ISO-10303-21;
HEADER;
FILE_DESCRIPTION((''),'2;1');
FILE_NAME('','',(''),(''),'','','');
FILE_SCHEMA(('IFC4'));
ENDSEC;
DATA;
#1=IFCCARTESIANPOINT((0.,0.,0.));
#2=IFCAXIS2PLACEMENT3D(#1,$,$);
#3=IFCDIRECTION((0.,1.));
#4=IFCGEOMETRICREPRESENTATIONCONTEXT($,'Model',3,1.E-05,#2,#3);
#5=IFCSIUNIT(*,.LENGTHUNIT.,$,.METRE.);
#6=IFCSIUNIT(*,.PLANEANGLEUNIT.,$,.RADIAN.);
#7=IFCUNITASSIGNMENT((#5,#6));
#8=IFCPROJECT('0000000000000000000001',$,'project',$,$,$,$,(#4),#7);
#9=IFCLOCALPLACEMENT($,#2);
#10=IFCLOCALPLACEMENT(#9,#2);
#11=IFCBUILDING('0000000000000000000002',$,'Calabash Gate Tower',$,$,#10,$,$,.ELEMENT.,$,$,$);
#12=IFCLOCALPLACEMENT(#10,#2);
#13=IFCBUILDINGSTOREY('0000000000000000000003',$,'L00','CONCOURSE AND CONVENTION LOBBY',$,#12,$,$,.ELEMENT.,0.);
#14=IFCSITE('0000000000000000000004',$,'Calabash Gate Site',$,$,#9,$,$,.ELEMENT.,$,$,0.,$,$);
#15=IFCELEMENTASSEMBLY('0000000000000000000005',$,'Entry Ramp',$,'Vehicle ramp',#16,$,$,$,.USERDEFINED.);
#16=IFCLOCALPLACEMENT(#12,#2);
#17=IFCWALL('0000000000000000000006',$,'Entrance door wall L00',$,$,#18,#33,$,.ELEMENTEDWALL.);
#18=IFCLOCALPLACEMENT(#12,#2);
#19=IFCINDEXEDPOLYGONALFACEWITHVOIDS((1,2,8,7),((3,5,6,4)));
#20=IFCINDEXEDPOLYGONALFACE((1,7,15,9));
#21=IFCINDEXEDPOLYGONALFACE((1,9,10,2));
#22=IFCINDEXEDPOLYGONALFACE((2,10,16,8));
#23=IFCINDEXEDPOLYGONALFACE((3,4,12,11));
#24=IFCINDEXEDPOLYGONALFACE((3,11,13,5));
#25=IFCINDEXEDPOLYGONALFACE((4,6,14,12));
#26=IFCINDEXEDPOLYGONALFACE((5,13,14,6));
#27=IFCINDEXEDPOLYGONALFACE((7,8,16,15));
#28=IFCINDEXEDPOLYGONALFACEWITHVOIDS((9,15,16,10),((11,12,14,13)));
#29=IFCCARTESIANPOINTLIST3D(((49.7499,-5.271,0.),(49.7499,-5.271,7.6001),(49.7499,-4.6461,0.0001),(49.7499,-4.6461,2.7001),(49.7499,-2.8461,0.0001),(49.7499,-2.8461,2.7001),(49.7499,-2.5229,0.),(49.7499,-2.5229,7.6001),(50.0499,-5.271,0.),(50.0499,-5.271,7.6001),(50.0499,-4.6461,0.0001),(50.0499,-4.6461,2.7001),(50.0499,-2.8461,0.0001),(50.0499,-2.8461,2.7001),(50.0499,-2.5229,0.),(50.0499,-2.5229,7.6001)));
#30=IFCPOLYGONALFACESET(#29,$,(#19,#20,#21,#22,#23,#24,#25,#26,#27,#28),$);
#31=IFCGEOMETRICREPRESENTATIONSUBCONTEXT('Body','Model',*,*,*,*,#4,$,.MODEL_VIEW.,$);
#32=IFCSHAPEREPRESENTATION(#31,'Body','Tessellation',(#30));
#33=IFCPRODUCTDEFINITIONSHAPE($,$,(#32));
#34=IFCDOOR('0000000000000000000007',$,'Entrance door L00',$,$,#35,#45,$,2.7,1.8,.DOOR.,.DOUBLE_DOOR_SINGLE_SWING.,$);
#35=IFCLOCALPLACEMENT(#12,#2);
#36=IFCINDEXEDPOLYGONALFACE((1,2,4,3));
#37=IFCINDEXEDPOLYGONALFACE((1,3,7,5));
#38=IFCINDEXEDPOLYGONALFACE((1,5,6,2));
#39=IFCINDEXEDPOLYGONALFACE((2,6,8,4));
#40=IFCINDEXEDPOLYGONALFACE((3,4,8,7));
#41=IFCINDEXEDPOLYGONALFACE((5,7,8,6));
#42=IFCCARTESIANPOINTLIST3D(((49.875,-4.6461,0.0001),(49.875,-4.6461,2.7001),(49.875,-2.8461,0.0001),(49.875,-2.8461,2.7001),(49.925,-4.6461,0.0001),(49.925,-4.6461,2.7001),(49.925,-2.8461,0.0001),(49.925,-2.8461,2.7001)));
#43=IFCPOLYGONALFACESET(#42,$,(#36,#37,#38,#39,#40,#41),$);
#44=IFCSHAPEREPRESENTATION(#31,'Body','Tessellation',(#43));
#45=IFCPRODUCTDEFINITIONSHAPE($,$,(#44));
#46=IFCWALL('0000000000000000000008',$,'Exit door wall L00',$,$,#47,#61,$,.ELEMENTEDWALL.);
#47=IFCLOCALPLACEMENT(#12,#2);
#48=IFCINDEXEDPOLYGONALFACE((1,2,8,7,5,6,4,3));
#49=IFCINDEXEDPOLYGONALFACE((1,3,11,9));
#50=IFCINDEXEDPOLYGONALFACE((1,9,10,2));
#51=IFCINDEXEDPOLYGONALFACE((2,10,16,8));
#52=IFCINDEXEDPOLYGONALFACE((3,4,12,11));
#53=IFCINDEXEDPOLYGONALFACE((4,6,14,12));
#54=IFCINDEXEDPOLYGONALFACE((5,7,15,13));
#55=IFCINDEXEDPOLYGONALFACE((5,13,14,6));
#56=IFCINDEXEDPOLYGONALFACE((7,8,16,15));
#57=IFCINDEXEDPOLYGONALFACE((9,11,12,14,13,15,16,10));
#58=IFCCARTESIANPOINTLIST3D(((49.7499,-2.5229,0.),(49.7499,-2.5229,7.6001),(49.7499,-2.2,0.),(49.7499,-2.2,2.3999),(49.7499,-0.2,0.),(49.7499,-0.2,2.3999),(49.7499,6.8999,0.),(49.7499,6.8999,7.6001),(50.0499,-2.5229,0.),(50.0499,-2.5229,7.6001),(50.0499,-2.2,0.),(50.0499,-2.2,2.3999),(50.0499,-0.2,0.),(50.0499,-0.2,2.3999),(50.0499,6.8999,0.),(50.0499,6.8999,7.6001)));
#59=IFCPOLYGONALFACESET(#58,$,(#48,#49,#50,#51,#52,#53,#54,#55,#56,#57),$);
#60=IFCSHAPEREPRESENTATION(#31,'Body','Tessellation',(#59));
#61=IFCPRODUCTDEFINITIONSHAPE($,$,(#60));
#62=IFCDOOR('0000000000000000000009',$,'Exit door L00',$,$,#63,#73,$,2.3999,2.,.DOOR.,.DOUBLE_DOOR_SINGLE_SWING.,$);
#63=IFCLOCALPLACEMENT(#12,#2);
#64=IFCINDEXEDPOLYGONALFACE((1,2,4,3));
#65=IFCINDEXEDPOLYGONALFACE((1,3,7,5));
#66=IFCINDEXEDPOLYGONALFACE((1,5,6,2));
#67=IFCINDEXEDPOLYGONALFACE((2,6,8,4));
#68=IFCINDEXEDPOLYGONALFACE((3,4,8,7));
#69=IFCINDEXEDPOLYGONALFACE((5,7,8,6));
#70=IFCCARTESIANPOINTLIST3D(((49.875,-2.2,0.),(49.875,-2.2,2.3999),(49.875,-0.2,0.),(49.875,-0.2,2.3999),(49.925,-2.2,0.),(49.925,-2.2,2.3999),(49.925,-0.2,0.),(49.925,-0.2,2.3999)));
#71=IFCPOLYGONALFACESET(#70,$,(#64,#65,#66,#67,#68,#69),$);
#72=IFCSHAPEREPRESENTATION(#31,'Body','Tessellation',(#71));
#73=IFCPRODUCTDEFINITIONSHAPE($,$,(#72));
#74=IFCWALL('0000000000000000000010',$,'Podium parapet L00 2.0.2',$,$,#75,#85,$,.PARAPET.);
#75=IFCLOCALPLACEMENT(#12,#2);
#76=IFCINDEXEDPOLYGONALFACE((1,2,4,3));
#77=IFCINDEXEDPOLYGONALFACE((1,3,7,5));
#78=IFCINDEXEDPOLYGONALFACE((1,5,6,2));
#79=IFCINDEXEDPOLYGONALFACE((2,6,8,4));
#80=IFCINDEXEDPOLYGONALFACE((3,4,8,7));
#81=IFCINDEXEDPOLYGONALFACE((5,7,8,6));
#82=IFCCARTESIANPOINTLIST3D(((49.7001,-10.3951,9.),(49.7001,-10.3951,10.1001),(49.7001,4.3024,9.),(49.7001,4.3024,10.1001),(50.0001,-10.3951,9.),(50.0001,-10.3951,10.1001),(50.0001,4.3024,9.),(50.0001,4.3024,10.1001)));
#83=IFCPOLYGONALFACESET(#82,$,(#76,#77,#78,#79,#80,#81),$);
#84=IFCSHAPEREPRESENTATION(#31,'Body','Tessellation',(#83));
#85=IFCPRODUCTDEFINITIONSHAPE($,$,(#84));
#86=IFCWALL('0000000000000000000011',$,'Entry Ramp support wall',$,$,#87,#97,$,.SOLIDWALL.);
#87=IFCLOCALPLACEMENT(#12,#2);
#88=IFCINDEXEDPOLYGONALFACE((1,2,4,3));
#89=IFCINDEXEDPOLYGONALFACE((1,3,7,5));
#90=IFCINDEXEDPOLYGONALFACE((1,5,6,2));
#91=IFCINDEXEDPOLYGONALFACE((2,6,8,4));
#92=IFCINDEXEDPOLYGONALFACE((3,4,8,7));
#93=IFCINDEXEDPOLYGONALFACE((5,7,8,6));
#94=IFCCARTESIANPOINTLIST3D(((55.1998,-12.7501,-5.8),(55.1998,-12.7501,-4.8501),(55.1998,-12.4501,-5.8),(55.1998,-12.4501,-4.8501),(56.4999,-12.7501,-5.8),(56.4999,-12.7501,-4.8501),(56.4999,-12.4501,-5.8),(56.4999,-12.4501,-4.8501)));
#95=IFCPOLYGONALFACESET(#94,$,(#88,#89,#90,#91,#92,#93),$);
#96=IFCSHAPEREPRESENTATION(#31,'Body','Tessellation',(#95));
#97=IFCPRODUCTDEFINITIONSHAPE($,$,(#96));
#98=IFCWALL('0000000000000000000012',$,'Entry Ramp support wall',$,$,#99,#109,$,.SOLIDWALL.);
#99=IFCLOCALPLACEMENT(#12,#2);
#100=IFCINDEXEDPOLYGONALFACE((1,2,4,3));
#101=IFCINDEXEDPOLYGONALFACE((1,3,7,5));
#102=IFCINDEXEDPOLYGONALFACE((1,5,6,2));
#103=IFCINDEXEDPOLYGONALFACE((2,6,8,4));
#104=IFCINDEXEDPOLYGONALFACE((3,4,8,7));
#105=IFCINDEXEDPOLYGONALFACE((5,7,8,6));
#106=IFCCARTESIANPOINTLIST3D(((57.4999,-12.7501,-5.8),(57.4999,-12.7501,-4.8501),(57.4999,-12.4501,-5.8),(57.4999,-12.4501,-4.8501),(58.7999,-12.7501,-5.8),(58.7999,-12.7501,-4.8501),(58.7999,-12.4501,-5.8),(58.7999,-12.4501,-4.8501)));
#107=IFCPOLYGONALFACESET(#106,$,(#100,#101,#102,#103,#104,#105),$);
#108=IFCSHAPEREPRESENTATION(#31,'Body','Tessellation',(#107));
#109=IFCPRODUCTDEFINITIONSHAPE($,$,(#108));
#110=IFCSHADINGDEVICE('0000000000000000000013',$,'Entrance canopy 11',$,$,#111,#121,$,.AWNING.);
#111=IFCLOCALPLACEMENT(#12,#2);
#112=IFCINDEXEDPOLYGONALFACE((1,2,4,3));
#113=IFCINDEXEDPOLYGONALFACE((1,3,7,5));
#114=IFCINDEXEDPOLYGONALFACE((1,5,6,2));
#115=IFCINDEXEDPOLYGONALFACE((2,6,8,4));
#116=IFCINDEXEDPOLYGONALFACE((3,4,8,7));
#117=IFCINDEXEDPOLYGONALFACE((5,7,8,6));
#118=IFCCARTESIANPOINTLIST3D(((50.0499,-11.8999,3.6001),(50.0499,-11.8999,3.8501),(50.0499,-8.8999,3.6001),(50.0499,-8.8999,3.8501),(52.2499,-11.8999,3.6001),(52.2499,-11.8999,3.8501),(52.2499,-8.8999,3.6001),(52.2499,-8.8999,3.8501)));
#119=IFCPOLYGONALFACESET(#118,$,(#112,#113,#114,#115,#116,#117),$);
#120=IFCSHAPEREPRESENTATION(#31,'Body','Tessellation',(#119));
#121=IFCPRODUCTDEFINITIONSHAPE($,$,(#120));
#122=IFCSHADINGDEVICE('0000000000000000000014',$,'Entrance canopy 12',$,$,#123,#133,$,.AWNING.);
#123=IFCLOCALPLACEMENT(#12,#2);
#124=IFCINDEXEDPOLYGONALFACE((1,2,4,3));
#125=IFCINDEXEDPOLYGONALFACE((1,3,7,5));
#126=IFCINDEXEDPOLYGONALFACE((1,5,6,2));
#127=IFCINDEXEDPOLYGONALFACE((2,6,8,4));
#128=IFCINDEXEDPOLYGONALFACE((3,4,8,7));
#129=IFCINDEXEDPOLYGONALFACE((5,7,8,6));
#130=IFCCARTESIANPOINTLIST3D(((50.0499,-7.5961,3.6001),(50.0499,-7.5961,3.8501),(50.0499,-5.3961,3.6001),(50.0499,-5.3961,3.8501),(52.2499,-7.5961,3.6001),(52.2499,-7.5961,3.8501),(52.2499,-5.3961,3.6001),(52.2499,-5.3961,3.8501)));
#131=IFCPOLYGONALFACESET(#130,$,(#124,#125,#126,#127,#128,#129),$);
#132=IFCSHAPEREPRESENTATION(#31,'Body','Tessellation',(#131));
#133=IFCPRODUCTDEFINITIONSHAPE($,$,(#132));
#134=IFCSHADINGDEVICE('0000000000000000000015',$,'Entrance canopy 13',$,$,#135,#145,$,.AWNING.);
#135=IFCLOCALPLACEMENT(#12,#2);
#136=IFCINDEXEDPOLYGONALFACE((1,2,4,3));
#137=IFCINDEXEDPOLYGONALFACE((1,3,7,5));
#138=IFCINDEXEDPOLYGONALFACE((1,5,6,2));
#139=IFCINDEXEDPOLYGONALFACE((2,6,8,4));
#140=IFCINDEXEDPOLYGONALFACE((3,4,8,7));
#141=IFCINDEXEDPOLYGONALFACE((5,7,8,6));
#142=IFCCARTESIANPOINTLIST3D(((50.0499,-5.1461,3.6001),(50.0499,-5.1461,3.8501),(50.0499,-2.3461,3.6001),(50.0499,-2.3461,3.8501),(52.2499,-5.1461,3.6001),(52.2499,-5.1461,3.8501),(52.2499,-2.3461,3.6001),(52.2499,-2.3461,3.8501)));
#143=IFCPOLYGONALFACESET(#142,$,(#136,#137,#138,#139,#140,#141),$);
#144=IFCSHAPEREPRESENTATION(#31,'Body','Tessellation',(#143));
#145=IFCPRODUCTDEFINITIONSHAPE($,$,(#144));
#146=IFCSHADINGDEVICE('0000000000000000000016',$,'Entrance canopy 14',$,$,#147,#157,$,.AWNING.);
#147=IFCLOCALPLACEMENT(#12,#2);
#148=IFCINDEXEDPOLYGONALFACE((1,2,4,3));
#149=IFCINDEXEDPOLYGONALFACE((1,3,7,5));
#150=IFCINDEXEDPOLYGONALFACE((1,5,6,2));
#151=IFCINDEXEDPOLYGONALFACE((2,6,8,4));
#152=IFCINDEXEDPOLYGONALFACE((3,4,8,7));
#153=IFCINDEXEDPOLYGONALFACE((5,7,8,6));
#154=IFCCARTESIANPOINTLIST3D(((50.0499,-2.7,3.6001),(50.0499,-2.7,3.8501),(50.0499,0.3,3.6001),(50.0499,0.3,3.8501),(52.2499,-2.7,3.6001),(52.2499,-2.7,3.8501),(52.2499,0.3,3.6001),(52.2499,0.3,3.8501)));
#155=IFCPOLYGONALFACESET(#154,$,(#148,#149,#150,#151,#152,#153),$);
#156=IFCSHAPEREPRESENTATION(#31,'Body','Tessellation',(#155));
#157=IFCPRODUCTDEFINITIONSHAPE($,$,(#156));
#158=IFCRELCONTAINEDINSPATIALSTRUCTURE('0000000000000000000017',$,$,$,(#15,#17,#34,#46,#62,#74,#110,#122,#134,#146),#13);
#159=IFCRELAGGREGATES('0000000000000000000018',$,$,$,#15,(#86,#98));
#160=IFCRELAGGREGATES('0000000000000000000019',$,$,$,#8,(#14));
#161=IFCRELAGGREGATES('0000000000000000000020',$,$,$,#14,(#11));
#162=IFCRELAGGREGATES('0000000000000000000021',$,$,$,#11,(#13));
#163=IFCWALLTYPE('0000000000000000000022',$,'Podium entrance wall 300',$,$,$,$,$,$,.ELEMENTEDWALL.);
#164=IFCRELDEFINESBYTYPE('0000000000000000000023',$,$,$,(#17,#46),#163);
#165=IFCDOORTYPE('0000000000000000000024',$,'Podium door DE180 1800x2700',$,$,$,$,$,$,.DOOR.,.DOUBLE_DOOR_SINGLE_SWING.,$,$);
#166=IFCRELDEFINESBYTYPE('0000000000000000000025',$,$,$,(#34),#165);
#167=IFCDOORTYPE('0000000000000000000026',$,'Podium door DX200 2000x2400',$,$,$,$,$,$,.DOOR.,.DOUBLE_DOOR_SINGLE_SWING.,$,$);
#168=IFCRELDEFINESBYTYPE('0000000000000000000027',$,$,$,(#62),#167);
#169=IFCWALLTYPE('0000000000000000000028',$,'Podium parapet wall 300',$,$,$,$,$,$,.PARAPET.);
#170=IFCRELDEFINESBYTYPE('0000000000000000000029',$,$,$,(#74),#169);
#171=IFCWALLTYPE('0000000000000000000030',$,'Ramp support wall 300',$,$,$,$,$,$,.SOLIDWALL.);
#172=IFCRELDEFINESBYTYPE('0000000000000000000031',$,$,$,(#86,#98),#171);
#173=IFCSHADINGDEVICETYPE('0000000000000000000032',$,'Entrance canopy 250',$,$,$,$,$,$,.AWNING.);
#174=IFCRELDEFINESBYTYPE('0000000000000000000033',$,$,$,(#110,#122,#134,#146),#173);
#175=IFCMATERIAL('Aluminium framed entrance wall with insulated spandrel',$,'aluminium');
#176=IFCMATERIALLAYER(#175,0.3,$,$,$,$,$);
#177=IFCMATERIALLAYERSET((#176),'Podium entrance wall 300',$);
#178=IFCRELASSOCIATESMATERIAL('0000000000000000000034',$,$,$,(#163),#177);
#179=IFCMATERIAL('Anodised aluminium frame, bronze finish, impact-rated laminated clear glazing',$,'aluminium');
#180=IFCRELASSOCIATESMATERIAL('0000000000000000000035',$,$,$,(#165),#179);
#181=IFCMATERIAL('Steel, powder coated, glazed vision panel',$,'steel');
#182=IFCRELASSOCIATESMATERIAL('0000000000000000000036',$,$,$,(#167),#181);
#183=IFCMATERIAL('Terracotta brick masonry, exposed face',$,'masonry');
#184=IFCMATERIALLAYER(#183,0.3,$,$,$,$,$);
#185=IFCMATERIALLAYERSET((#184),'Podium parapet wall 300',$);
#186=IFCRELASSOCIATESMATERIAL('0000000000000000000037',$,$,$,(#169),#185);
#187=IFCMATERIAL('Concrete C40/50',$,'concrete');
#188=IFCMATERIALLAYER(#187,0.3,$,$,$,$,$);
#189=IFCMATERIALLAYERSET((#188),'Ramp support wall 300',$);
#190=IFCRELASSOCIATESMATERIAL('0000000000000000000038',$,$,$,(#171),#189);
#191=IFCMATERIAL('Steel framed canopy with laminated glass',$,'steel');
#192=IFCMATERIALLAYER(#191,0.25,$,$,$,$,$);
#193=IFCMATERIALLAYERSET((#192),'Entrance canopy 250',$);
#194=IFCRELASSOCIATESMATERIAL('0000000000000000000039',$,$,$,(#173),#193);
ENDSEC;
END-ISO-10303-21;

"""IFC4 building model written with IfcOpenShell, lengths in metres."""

from ifc_helpers import new_model, si_unit, direction, frame, frame_2d, origin, origin_2d, place, context, subcontext, project, spatial, rectangle, extrude, material, layer, layer_set, type_object, element, fill, aggregate, save


model = new_model("IFC4")

# Units and contexts
model_context = context("Model", 3, precision=1e-05, world=origin(), true_north=direction((0.0, 1.0)))
body_context = subcontext(model_context, "Body", "Model", "MODEL_VIEW")
ifc_project = project(units=[si_unit("LENGTHUNIT", "METRE"), si_unit("PLANEANGLEUNIT", "RADIAN")], contexts=[model_context])

# Site, building, storey
site_placement = place(None, origin())
site = spatial("IfcSite", under=ifc_project, at=site_placement, Name="Calabash Gate Site", CompositionType="ELEMENT", RefElevation=0.0)
building_placement = place(site_placement, origin())
building = spatial("IfcBuilding", under=site, at=building_placement, Name="Calabash Gate Tower", CompositionType="ELEMENT")
storey_placement = place(building_placement, origin())
storey = spatial("IfcBuildingStorey", under=building, at=storey_placement, Name="L00", Description="CONCOURSE AND CONVENTION LOBBY", CompositionType="ELEMENT", Elevation=0.0)

# Element assembly
assembly_placement = place(storey_placement, origin())
assembly = element("IfcElementAssembly", 1, at=assembly_placement, inside=storey, Name="Entry Ramp", ObjectType="Vehicle ramp", PredefinedType="USERDEFINED")

# Walls, openings, doors
ifc_material_1 = material(Name="Aluminium framed entrance wall with insulated spandrel", Category="aluminium")
ifc_layer_1 = layer(ifc_material_1, 0.3)
ifc_layer_set_1 = layer_set([ifc_layer_1], Name="Podium entrance wall 300")
wall_type_1 = type_object("IfcWallType", Name="Podium entrance wall 300", PredefinedType="ELEMENTEDWALL", material=ifc_layer_set_1)
wall_1_placement = place(storey_placement, frame((49.8999, -5.271, 0.0), z_axis=(0.0, 0.0, 1.0), x_axis=(0.0, 1.0, 0.0)))
wall_1 = element("IfcWall", 2, at=wall_1_placement, inside=storey, type_object=wall_type_1, Name="Entrance door wall L00", PredefinedType="ELEMENTEDWALL", context=body_context, shape_type="SweptSolid", body=[
    extrude(rectangle(XDim=2.748, YDim=0.3, at=frame_2d((1.374, 0.0))), origin(), (0.0, 0.0, 1.0), 7.6001),
])
opening_1_placement = place(wall_1_placement, frame((0.625, 0.0, 0.0)))
opening_1 = element("IfcOpeningElement", 3, at=opening_1_placement, cuts=wall_1, PredefinedType="OPENING", context=body_context, shape_type="SweptSolid", body=[
    extrude(rectangle(XDim=1.8, YDim=2.7, at=frame_2d((0.8999, 1.3501))), frame((0.0, 0.1599, 0.0), z_axis=(0.0, -1.0, 0.0), x_axis=(1.0, 0.0, 0.0)), (0.0, 0.0, 1.0), 0.3201),
])
ifc_material_2 = material(Name="Anodised aluminium frame, bronze finish, impact-rated laminated clear glazing", Category="aluminium")
door_type_1 = type_object("IfcDoorType", Name="Podium door DE180 1800x2700", OperationType="DOUBLE_DOOR_SINGLE_SWING", PredefinedType="DOOR", material=ifc_material_2)
door_1_placement = place(opening_1_placement, origin())
door_1 = element("IfcDoor", 4, at=door_1_placement, inside=storey, type_object=door_type_1, Name="Entrance door L00", OperationType="DOUBLE_DOOR_SINGLE_SWING", OverallHeight=2.7, OverallWidth=1.8, PredefinedType="DOOR", context=body_context, shape_type="SweptSolid", body=[
    extrude(rectangle(XDim=1.8, YDim=2.7, at=frame_2d((0.8999, 1.3501))), frame((0.0, 0.0249, 0.0), z_axis=(0.0, -1.0, 0.0), x_axis=(1.0, 0.0, 0.0)), (0.0, 0.0, 1.0), 0.05),
])
fill(opening_1, door_1)
wall_2_placement = place(storey_placement, frame((49.8999, -2.5229, 0.0), z_axis=(0.0, 0.0, 1.0), x_axis=(0.0, 1.0, 0.0)))
wall_2 = element("IfcWall", 5, at=wall_2_placement, inside=storey, type_object=wall_type_1, Name="Exit door wall L00", PredefinedType="ELEMENTEDWALL", context=body_context, shape_type="SweptSolid", body=[
    extrude(rectangle(XDim=9.4229, YDim=0.3, at=frame_2d((4.7114, 0.0))), origin(), (0.0, 0.0, 1.0), 7.6001),
])
opening_2_placement = place(wall_2_placement, frame((0.323, 0.0, 0.0)))
opening_2 = element("IfcOpeningElement", 6, at=opening_2_placement, cuts=wall_2, PredefinedType="OPENING", context=body_context, shape_type="SweptSolid", body=[
    extrude(rectangle(XDim=2.0, YDim=2.3999, at=frame_2d((1.0, 1.2))), frame((0.0, 0.1599, 0.0), z_axis=(0.0, -1.0, 0.0), x_axis=(1.0, 0.0, 0.0)), (0.0, 0.0, 1.0), 0.3201),
])
ifc_material_3 = material(Name="Steel, powder coated, glazed vision panel", Category="steel")
door_type_2 = type_object("IfcDoorType", Name="Podium door DX200 2000x2400", OperationType="DOUBLE_DOOR_SINGLE_SWING", PredefinedType="DOOR", material=ifc_material_3)
door_2_placement = place(opening_2_placement, origin())
door_2 = element("IfcDoor", 7, at=door_2_placement, inside=storey, type_object=door_type_2, Name="Exit door L00", OperationType="DOUBLE_DOOR_SINGLE_SWING", OverallHeight=2.3999, OverallWidth=2.0, PredefinedType="DOOR", context=body_context, shape_type="SweptSolid", body=[
    extrude(rectangle(XDim=2.0, YDim=2.3999, at=frame_2d((1.0, 1.2))), frame((0.0, 0.0249, 0.0), z_axis=(0.0, -1.0, 0.0), x_axis=(1.0, 0.0, 0.0)), (0.0, 0.0, 1.0), 0.05),
])
fill(opening_2, door_2)

# Walls
ifc_material_4 = material(Name="Terracotta brick masonry, exposed face", Category="masonry")
ifc_layer_2 = layer(ifc_material_4, 0.3)
ifc_layer_set_2 = layer_set([ifc_layer_2], Name="Podium parapet wall 300")
wall_type_2 = type_object("IfcWallType", Name="Podium parapet wall 300", PredefinedType="PARAPET", material=ifc_layer_set_2)
wall_3_placement = place(storey_placement, frame((49.8501, -10.395, 9.0), z_axis=(0.0, 0.0, 1.0), x_axis=(0.0, 1.0, 0.0)))
element("IfcWall", 8, at=wall_3_placement, inside=storey, type_object=wall_type_2, Name="Podium parapet L00 2.0.2", PredefinedType="PARAPET", context=body_context, shape_type="SweptSolid", body=[
    extrude(rectangle(XDim=14.6975, YDim=0.3, at=frame_2d((7.3486, 0.0))), origin(), (0.0, 0.0, 1.0), 1.1001),
])
ifc_material_5 = material(Name="Concrete C40/50", Category="concrete")
ifc_layer_3 = layer(ifc_material_5, 0.3)
ifc_layer_set_3 = layer_set([ifc_layer_3], Name="Ramp support wall 300")
wall_type_3 = type_object("IfcWallType", Name="Ramp support wall 300", PredefinedType="SOLIDWALL", material=ifc_layer_set_3)
wall_4_placement = place(storey_placement, frame((55.2, -12.6001, -5.8), z_axis=(0.0, 0.0, 1.0), x_axis=(1.0, 0.0, 0.0)))
wall_4 = element("IfcWall", 9, at=wall_4_placement, type_object=wall_type_3, Name="Entry Ramp support wall", PredefinedType="SOLIDWALL", context=body_context, shape_type="SweptSolid", body=[
    extrude(rectangle(XDim=1.3, YDim=0.3, at=frame_2d((0.6499, 0.0))), origin(), (0.0, 0.0, 1.0), 0.95),
])
wall_5_placement = place(storey_placement, frame((57.5, -12.6001, -5.8), z_axis=(0.0, 0.0, 1.0), x_axis=(1.0, 0.0, 0.0)))
wall_5 = element("IfcWall", 10, at=wall_5_placement, type_object=wall_type_3, Name="Entry Ramp support wall", PredefinedType="SOLIDWALL", context=body_context, shape_type="SweptSolid", body=[
    extrude(rectangle(XDim=1.3, YDim=0.3, at=frame_2d((0.6499, 0.0))), origin(), (0.0, 0.0, 1.0), 0.95),
])
aggregate(assembly, [wall_4, wall_5])

# Shading devices
ifc_material_6 = material(Name="Steel framed canopy with laminated glass", Category="steel")
ifc_layer_4 = layer(ifc_material_6, 0.25)
ifc_layer_set_4 = layer_set([ifc_layer_4], Name="Entrance canopy 250")
shading_device_type = type_object("IfcShadingDeviceType", Name="Entrance canopy 250", PredefinedType="AWNING", material=ifc_layer_set_4)
shading_device_1_placement = place(storey_placement, frame((51.1499, -10.3999, 3.6001), z_axis=(0.0, 0.0, 1.0), x_axis=(0.0, 1.0, 0.0)))
element("IfcShadingDevice", 11, at=shading_device_1_placement, inside=storey, type_object=shading_device_type, Name="Entrance canopy 11", PredefinedType="AWNING", context=body_context, shape_type="SweptSolid", body=[
    extrude(rectangle(XDim=3.0, YDim=2.2, at=origin_2d()), origin(), (0.0, 0.0, 1.0), 0.25),
])
shading_device_2_placement = place(storey_placement, frame((51.1499, -6.4961, 3.6001), z_axis=(0.0, 0.0, 1.0), x_axis=(0.0, 1.0, 0.0)))
element("IfcShadingDevice", 12, at=shading_device_2_placement, inside=storey, type_object=shading_device_type, Name="Entrance canopy 12", PredefinedType="AWNING", context=body_context, shape_type="SweptSolid", body=[
    extrude(rectangle(XDim=2.2, YDim=2.2, at=origin_2d()), origin(), (0.0, 0.0, 1.0), 0.25),
])
shading_device_3_placement = place(storey_placement, frame((51.1499, -3.7461, 3.6001), z_axis=(0.0, 0.0, 1.0), x_axis=(0.0, 1.0, 0.0)))
element("IfcShadingDevice", 13, at=shading_device_3_placement, inside=storey, type_object=shading_device_type, Name="Entrance canopy 13", PredefinedType="AWNING", context=body_context, shape_type="SweptSolid", body=[
    extrude(rectangle(XDim=2.8, YDim=2.2, at=origin_2d()), origin(), (0.0, 0.0, 1.0), 0.25),
])
shading_device_4_placement = place(storey_placement, frame((51.1499, -1.2, 3.6001), z_axis=(0.0, 0.0, 1.0), x_axis=(0.0, 1.0, 0.0)))
element("IfcShadingDevice", 14, at=shading_device_4_placement, inside=storey, type_object=shading_device_type, Name="Entrance canopy 14", PredefinedType="AWNING", context=body_context, shape_type="SweptSolid", body=[
    extrude(rectangle(XDim=3.0, YDim=2.2, at=origin_2d()), origin(), (0.0, 0.0, 1.0), 0.25),
])

save(model, "model.ifc")
